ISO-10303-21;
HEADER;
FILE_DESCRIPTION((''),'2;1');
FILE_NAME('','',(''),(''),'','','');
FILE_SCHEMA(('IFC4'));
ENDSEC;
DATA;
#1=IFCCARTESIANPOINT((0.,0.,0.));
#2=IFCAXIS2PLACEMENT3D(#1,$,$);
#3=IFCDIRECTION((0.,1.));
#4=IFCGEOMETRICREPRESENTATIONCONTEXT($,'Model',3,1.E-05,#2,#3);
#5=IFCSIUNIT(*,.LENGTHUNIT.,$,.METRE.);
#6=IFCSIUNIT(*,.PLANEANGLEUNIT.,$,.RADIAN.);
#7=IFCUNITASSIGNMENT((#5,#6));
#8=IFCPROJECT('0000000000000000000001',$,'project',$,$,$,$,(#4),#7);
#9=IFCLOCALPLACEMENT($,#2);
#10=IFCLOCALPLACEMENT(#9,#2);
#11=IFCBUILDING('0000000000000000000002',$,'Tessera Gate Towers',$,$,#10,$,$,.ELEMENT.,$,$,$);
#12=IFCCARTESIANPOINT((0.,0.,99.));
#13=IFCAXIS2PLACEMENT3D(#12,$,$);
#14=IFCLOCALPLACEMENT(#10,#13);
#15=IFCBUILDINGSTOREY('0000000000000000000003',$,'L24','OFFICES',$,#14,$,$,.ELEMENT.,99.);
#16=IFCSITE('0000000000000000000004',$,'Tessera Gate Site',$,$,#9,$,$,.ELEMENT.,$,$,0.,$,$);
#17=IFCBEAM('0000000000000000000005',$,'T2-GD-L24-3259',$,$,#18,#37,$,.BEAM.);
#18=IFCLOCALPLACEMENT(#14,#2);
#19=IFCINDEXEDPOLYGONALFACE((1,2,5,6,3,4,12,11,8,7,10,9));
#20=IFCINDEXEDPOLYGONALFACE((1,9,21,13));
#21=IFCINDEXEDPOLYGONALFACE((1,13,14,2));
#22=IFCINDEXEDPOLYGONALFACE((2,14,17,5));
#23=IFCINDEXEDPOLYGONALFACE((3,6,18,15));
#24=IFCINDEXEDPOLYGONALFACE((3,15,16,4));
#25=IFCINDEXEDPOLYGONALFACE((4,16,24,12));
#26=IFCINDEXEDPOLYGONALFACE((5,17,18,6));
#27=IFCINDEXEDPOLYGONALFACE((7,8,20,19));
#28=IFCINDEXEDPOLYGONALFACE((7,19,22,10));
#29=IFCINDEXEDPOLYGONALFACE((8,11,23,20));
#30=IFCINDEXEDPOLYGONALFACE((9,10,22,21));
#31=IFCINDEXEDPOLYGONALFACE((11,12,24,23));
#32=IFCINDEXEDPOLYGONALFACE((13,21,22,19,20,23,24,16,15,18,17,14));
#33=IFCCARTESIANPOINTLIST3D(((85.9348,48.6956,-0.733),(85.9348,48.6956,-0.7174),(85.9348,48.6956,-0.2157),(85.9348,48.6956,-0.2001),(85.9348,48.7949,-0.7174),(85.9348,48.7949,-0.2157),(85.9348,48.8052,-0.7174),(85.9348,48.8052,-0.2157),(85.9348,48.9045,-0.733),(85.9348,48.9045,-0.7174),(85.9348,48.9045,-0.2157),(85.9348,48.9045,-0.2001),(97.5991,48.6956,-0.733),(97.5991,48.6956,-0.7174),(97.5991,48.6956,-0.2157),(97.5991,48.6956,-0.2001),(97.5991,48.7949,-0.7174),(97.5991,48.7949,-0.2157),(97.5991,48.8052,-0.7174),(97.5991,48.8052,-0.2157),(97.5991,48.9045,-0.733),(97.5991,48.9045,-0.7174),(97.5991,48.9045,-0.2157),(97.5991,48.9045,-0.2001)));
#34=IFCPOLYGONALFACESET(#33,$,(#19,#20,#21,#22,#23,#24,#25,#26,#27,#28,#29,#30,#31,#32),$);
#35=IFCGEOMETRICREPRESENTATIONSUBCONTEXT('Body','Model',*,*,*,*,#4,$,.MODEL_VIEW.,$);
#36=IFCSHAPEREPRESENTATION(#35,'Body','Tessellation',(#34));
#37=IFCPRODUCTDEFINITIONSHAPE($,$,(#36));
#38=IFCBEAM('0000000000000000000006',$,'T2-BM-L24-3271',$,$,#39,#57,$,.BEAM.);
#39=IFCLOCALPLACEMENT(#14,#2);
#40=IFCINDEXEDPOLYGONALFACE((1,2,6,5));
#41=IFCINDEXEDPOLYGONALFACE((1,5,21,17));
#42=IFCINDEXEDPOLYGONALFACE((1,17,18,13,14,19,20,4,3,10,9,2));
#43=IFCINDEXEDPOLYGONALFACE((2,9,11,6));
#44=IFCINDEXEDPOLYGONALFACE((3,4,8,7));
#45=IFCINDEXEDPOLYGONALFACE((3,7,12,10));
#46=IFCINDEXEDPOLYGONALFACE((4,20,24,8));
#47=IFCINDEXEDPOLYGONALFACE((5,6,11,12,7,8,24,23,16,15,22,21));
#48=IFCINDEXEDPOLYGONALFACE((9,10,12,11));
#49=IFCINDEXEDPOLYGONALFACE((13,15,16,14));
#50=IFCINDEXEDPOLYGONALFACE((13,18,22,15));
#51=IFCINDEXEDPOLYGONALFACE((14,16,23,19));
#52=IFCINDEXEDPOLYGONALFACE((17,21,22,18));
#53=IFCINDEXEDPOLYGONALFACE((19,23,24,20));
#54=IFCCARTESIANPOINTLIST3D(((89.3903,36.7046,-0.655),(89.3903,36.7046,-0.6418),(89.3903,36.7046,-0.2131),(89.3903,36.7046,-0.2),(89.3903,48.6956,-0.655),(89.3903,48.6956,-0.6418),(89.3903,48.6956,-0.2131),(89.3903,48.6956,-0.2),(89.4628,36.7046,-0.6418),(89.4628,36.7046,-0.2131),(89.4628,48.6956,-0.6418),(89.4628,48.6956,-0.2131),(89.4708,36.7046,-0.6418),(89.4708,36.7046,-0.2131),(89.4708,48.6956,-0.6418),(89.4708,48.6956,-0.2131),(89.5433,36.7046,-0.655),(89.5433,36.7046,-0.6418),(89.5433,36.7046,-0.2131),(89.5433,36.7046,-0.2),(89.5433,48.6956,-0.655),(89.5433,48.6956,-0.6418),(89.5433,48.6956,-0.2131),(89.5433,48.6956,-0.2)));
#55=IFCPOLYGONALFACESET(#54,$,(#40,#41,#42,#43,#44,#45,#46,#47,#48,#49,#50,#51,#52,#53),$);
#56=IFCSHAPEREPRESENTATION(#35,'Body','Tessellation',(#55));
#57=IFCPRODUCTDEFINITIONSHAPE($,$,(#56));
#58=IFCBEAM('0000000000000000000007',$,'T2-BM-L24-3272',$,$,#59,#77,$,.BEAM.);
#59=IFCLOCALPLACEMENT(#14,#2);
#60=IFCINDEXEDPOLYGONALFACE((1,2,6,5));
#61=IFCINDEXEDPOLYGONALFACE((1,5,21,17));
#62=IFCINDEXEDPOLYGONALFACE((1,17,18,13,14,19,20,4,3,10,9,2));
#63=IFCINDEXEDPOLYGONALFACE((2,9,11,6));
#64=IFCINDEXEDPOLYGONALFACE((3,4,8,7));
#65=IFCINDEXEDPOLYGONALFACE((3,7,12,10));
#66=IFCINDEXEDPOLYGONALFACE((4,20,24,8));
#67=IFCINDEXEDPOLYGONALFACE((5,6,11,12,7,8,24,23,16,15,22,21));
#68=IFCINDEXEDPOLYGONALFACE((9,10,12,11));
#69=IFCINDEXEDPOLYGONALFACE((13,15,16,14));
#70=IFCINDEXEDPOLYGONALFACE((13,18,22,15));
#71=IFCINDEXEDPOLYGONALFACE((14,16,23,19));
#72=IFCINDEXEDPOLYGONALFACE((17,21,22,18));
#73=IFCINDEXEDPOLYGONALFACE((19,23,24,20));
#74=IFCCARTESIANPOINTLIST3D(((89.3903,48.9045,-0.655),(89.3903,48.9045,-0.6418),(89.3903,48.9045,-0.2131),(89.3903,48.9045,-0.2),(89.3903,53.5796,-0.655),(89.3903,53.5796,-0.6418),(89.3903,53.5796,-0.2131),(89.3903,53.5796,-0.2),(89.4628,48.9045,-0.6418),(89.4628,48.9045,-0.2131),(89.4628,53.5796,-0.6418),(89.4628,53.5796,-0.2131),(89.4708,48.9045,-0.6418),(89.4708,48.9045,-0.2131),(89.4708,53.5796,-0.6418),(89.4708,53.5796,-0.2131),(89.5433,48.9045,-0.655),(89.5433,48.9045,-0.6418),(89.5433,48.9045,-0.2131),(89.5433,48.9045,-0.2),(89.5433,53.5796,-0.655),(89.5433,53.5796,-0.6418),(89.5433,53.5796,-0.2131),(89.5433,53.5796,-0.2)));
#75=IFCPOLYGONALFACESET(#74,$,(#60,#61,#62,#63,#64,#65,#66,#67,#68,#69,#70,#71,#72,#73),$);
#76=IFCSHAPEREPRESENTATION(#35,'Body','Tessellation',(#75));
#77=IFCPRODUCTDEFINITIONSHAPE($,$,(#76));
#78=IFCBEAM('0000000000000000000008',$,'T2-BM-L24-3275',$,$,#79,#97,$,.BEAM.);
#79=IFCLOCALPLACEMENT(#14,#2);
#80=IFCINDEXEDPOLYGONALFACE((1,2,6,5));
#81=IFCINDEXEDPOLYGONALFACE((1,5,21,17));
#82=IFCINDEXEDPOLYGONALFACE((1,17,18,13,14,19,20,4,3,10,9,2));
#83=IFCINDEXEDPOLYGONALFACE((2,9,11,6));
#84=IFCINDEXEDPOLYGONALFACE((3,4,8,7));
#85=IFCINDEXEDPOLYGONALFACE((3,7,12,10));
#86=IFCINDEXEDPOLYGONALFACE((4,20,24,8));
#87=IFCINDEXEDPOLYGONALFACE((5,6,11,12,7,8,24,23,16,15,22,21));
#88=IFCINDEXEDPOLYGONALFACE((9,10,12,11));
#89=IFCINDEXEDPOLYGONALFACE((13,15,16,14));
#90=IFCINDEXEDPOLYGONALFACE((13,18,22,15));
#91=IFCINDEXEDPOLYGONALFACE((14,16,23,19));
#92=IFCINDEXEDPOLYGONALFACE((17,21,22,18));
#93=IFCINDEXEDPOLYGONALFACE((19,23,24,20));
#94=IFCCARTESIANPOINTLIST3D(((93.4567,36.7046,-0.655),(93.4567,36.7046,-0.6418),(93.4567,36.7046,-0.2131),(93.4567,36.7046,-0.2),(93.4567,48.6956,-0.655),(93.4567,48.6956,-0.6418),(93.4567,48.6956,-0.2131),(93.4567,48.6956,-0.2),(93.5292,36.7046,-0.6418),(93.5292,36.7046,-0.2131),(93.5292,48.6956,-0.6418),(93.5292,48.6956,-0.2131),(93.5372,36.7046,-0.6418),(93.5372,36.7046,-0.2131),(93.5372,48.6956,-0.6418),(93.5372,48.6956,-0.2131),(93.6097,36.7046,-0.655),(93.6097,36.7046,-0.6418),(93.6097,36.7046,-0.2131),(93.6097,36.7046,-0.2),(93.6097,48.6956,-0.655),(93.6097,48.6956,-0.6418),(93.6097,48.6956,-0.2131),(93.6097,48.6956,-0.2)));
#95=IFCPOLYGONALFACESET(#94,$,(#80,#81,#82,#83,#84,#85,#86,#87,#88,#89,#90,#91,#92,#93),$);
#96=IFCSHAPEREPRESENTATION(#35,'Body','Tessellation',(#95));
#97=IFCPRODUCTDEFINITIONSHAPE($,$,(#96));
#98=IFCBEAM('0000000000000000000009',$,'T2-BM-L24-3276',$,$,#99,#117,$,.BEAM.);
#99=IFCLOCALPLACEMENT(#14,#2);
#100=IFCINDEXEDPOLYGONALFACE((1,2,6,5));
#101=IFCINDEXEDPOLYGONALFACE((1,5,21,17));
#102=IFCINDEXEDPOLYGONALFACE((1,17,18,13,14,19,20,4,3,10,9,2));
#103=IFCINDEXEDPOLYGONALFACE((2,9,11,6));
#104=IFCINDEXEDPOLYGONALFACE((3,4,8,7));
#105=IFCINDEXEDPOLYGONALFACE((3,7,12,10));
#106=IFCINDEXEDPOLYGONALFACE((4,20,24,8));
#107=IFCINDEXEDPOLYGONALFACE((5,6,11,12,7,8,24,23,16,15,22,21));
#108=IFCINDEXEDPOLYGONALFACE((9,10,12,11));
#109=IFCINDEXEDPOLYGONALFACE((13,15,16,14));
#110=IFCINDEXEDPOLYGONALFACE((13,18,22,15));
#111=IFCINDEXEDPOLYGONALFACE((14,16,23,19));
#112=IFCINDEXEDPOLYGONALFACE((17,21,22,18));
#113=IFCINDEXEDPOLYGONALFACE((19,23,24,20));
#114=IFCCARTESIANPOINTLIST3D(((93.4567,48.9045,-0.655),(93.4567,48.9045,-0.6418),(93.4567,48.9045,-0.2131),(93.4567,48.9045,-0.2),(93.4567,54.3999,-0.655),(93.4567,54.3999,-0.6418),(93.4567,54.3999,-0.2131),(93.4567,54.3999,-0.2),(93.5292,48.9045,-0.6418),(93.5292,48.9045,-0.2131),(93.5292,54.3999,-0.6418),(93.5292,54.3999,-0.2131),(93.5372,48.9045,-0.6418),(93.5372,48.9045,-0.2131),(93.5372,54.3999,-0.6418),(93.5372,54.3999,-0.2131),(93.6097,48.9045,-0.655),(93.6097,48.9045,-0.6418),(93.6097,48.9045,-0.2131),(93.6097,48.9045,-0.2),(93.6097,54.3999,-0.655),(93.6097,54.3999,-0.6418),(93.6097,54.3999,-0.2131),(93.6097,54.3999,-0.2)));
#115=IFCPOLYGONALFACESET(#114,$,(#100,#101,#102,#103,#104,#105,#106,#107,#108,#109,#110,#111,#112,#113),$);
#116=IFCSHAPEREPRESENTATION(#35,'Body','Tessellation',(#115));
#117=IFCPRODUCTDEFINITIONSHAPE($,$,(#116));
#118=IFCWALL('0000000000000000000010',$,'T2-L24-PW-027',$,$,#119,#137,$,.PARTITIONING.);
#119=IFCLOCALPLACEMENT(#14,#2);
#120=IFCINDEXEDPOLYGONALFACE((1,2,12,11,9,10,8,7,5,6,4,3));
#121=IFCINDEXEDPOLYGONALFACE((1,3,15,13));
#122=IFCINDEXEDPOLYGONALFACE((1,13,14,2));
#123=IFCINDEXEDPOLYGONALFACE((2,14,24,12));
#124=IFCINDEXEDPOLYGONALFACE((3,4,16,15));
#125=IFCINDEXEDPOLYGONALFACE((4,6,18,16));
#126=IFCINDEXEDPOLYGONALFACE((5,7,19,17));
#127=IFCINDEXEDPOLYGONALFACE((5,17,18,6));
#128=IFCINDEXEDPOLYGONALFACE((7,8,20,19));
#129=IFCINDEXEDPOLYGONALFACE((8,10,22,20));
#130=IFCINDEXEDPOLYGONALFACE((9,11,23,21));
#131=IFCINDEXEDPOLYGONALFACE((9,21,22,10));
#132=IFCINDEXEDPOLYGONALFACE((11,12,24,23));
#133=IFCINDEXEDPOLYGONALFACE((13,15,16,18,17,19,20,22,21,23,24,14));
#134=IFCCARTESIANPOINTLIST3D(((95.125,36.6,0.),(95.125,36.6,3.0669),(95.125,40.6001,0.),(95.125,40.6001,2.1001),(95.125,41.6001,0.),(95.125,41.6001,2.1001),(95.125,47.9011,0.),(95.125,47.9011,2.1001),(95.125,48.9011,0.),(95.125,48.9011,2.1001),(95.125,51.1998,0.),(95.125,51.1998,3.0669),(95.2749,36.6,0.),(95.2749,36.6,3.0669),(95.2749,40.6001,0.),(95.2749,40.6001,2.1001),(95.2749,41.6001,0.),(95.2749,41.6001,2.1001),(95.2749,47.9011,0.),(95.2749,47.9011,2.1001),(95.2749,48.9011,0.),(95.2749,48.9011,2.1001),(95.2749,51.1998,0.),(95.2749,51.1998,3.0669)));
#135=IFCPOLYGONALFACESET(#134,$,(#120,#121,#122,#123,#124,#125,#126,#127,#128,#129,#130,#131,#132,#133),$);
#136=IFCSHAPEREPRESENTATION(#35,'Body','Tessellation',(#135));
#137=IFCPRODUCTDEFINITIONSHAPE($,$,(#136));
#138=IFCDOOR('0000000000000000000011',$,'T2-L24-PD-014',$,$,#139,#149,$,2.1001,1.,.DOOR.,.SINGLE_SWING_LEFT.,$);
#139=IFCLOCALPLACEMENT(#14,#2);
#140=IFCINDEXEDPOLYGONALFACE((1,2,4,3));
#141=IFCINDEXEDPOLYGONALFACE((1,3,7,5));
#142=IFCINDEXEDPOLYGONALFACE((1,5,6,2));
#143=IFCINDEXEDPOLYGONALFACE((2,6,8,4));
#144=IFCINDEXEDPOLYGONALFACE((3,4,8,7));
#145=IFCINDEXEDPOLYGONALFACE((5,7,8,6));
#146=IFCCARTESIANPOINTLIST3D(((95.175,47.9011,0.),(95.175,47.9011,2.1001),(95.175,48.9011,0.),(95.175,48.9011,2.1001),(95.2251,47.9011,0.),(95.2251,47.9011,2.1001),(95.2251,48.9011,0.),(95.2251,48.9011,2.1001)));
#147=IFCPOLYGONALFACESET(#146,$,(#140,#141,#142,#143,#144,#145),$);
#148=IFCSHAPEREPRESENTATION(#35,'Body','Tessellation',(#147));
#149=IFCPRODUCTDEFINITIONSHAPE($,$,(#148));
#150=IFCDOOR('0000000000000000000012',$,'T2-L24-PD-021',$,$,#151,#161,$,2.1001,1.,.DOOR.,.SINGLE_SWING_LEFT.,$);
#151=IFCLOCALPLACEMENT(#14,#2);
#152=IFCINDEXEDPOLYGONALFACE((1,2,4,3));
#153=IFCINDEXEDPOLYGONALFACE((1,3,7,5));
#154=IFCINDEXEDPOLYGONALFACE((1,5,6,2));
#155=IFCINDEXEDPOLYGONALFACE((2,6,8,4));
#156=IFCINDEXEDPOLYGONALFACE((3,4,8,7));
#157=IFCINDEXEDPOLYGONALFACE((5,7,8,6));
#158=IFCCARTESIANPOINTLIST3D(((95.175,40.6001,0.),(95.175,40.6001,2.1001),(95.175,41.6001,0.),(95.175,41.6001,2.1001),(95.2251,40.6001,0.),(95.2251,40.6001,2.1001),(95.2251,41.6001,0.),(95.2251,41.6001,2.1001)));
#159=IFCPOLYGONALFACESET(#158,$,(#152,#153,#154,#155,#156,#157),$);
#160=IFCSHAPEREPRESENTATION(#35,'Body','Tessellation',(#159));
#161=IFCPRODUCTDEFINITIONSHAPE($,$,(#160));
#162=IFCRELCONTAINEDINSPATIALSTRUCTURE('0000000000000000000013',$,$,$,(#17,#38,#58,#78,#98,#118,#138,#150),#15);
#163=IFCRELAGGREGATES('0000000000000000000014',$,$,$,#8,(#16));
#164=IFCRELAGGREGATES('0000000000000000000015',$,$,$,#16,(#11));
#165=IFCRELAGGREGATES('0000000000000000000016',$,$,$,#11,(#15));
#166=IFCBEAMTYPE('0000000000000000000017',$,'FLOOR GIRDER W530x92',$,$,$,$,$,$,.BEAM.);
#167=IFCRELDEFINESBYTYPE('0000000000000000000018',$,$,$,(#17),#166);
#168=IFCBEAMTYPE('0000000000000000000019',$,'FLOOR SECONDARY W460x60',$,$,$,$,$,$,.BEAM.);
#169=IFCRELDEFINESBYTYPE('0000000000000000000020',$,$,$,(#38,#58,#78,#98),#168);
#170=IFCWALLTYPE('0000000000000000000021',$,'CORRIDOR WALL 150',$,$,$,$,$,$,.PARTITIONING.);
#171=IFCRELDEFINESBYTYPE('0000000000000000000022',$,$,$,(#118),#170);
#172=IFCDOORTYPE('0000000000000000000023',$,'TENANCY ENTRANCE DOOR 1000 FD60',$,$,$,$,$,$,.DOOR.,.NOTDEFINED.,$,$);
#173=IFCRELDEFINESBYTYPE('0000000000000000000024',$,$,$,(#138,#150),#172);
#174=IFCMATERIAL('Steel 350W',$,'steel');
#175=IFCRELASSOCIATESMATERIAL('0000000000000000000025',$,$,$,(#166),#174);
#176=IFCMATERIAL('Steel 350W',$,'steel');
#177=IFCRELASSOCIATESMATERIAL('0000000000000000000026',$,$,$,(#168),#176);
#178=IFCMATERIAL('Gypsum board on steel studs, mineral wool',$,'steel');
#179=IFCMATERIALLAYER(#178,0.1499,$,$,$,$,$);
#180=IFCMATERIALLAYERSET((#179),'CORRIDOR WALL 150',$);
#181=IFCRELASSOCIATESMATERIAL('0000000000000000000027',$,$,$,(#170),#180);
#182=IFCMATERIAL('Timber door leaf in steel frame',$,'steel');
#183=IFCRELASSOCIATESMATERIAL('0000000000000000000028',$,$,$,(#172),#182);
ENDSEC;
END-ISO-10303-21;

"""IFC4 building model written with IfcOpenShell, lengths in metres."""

from ifc_helpers import new_model, si_unit, direction, frame, frame_2d, origin, origin_2d, place, context, subcontext, project, spatial, rectangle, i_section, extrude, source, transform, mapped, material, layer, layer_set, material_profile, profile_set, type_object, element, fill, save


model = new_model("IFC4")

# Units and contexts
model_context = context("Model", 3, precision=1e-05, world=origin(), true_north=direction((0.0, 1.0)))
body_context = subcontext(model_context, "Body", "Model", "MODEL_VIEW")
ifc_project = project(units=[si_unit("LENGTHUNIT", "METRE"), si_unit("PLANEANGLEUNIT", "RADIAN")], contexts=[model_context])

# Site, building, storey
site_placement = place(None, origin())
site = spatial("IfcSite", under=ifc_project, at=site_placement, Name="Tessera Gate Site", CompositionType="ELEMENT", RefElevation=0.0)
building_placement = place(site_placement, origin())
building = spatial("IfcBuilding", under=site, at=building_placement, Name="Tessera Gate Towers", CompositionType="ELEMENT")
storey_placement = place(building_placement, frame((0.0, 0.0, 99.0)))
storey = spatial("IfcBuildingStorey", under=building, at=storey_placement, Name="L24", Description="OFFICES", CompositionType="ELEMENT", Elevation=99.0)

# Beams
ifc_material_1 = material(Name="Steel 350W", Category="steel")
ifc_material_profile_1 = material_profile(ifc_material_1, i_section(OverallWidth=0.209, OverallDepth=0.533, WebThickness=0.0103, FlangeThickness=0.0156, at=origin_2d()), Name="W530x92")
ifc_profile_set_1 = profile_set([ifc_material_profile_1], Name="Steel 350W")
beam_type_1 = type_object("IfcBeamType", Name="FLOOR GIRDER W530x92", PredefinedType="BEAM", material=ifc_profile_set_1)
beam_1_placement = place(storey_placement, frame((85.9348, 48.8, -0.4666), z_axis=(1.0, 0.0, 0.0), x_axis=(0.0, 1.0, 0.0)))
element("IfcBeam", 1, at=beam_1_placement, inside=storey, type_object=beam_type_1, Name="T2-GD-L24-3259", PredefinedType="BEAM", context=body_context, shape_type="SweptSolid", body=[
    extrude(i_section(OverallWidth=0.209, OverallDepth=0.533, WebThickness=0.0103, FlangeThickness=0.0156, at=origin_2d()), origin(), (0.0, 0.0, 1.0), 11.6643),
])
ifc_material_2 = material(Name="Steel 350W", Category="steel")
ifc_material_profile_2 = material_profile(ifc_material_2, i_section(OverallWidth=0.1531, OverallDepth=0.4551, WebThickness=0.0081, FlangeThickness=0.0132, at=origin_2d()), Name="W460x60")
ifc_profile_set_2 = profile_set([ifc_material_profile_2], Name="Steel 350W")
beam_type_2 = type_object("IfcBeamType", Name="FLOOR SECONDARY W460x60", PredefinedType="BEAM", material=ifc_profile_set_2)
beam_2_placement = place(storey_placement, frame((89.4668, 36.7046, -0.4275), z_axis=(0.0, 1.0, 0.0), x_axis=(-1.0, 0.0, 0.0)))
element("IfcBeam", 2, at=beam_2_placement, inside=storey, type_object=beam_type_2, Name="T2-BM-L24-3271", PredefinedType="BEAM", context=body_context, shape_type="SweptSolid", body=[
    extrude(i_section(OverallWidth=0.1531, OverallDepth=0.4551, WebThickness=0.0081, FlangeThickness=0.0132, at=origin_2d()), origin(), (0.0, 0.0, 1.0), 11.991),
])
beam_3_placement = place(storey_placement, frame((89.4668, 48.9045, -0.4275), z_axis=(0.0, 1.0, 0.0), x_axis=(-1.0, 0.0, 0.0)))
element("IfcBeam", 3, at=beam_3_placement, inside=storey, type_object=beam_type_2, Name="T2-BM-L24-3272", PredefinedType="BEAM", context=body_context, shape_type="SweptSolid", body=[
    extrude(i_section(OverallWidth=0.1531, OverallDepth=0.4551, WebThickness=0.0081, FlangeThickness=0.0132, at=origin_2d()), origin(), (0.0, 0.0, 1.0), 4.675),
])
beam_4_placement = place(storey_placement, frame((93.5332, 36.7046, -0.4275), z_axis=(0.0, 1.0, 0.0), x_axis=(-1.0, 0.0, 0.0)))
element("IfcBeam", 4, at=beam_4_placement, inside=storey, type_object=beam_type_2, Name="T2-BM-L24-3275", PredefinedType="BEAM", context=body_context, shape_type="SweptSolid", body=[
    extrude(i_section(OverallWidth=0.1531, OverallDepth=0.4551, WebThickness=0.0081, FlangeThickness=0.0132, at=origin_2d()), origin(), (0.0, 0.0, 1.0), 11.991),
])
beam_5_placement = place(storey_placement, frame((93.5332, 48.9045, -0.4275), z_axis=(0.0, 1.0, 0.0), x_axis=(-1.0, 0.0, 0.0)))
element("IfcBeam", 5, at=beam_5_placement, inside=storey, type_object=beam_type_2, Name="T2-BM-L24-3276", PredefinedType="BEAM", context=body_context, shape_type="SweptSolid", body=[
    extrude(i_section(OverallWidth=0.1531, OverallDepth=0.4551, WebThickness=0.0081, FlangeThickness=0.0132, at=origin_2d()), origin(), (0.0, 0.0, 1.0), 5.4954),
])

# Wall, openings, doors
ifc_material_3 = material(Name="Gypsum board on steel studs, mineral wool", Category="steel")
ifc_layer_1 = layer(ifc_material_3, 0.1499)
ifc_layer_set_1 = layer_set([ifc_layer_1], Name="CORRIDOR WALL 150")
wall_type_1 = type_object("IfcWallType", Name="CORRIDOR WALL 150", PredefinedType="PARTITIONING", material=ifc_layer_set_1)
wall_1_placement = place(storey_placement, frame((95.2, 36.6001, 0.0), z_axis=(0.0, 0.0, 1.0), x_axis=(0.0, 1.0, 0.0)))
wall_1 = element("IfcWall", 6, at=wall_1_placement, inside=storey, type_object=wall_type_1, Name="T2-L24-PW-027", PredefinedType="PARTITIONING", context=body_context, shape_type="SweptSolid", body=[
    extrude(rectangle(XDim=14.5999, YDim=0.1499, at=frame_2d((7.2998, 0.0))), origin(), (0.0, 0.0, 1.0), 3.0669),
])
shared_shape_1 = source(origin(), body_context, "Body", "SweptSolid", [
    extrude(rectangle(XDim=1.0, YDim=2.1001, at=frame_2d((0.5, 1.05))), frame((0.0, 0.085, 0.0), z_axis=(0.0, -1.0, 0.0), x_axis=(1.0, 0.0, 0.0)), (0.0, 0.0, 1.0), 0.1699),
])
opening_1_placement = place(wall_1_placement, frame((11.301, 0.0, 0.0)))
opening_1 = element("IfcOpeningElement", 7, at=opening_1_placement, cuts=wall_1, PredefinedType="OPENING", context=body_context, shape_type="MappedRepresentation", body=[
    mapped(shared_shape_1, transform((0.0, 0.0, 0.0), scale=1.0)),
])
opening_2_placement = place(wall_1_placement, frame((4.0, 0.0, 0.0)))
opening_2 = element("IfcOpeningElement", 8, at=opening_2_placement, cuts=wall_1, PredefinedType="OPENING", context=body_context, shape_type="MappedRepresentation", body=[
    mapped(shared_shape_1, transform((0.0, 0.0, 0.0), scale=1.0)),
])
ifc_material_4 = material(Name="Timber door leaf in steel frame", Category="steel")
door_type_1 = type_object("IfcDoorType", Name="TENANCY ENTRANCE DOOR 1000 FD60", OperationType="NOTDEFINED", PredefinedType="DOOR", material=ifc_material_4)
shared_shape_2 = source(origin(), body_context, "Body", "SweptSolid", [
    extrude(rectangle(XDim=1.0, YDim=2.1001, at=frame_2d((0.5, 1.05))), frame((0.0, 0.0249, 0.0), z_axis=(0.0, -1.0, 0.0), x_axis=(1.0, 0.0, 0.0)), (0.0, 0.0, 1.0), 0.05),
])
door_1_placement = place(opening_1_placement, origin())
door_1 = element("IfcDoor", 9, at=door_1_placement, inside=storey, type_object=door_type_1, Name="T2-L24-PD-014", OperationType="SINGLE_SWING_LEFT", OverallHeight=2.1001, OverallWidth=1.0, PredefinedType="DOOR", context=body_context, shape_type="MappedRepresentation", body=[
    mapped(shared_shape_2, transform((0.0, 0.0, 0.0), scale=1.0)),
])
fill(opening_1, door_1)
door_2_placement = place(opening_2_placement, origin())
door_2 = element("IfcDoor", 10, at=door_2_placement, inside=storey, type_object=door_type_1, Name="T2-L24-PD-021", OperationType="SINGLE_SWING_LEFT", OverallHeight=2.1001, OverallWidth=1.0, PredefinedType="DOOR", context=body_context, shape_type="MappedRepresentation", body=[
    mapped(shared_shape_2, transform((0.0, 0.0, 0.0), scale=1.0)),
])
fill(opening_2, door_2)

save(model, "model.ifc")
